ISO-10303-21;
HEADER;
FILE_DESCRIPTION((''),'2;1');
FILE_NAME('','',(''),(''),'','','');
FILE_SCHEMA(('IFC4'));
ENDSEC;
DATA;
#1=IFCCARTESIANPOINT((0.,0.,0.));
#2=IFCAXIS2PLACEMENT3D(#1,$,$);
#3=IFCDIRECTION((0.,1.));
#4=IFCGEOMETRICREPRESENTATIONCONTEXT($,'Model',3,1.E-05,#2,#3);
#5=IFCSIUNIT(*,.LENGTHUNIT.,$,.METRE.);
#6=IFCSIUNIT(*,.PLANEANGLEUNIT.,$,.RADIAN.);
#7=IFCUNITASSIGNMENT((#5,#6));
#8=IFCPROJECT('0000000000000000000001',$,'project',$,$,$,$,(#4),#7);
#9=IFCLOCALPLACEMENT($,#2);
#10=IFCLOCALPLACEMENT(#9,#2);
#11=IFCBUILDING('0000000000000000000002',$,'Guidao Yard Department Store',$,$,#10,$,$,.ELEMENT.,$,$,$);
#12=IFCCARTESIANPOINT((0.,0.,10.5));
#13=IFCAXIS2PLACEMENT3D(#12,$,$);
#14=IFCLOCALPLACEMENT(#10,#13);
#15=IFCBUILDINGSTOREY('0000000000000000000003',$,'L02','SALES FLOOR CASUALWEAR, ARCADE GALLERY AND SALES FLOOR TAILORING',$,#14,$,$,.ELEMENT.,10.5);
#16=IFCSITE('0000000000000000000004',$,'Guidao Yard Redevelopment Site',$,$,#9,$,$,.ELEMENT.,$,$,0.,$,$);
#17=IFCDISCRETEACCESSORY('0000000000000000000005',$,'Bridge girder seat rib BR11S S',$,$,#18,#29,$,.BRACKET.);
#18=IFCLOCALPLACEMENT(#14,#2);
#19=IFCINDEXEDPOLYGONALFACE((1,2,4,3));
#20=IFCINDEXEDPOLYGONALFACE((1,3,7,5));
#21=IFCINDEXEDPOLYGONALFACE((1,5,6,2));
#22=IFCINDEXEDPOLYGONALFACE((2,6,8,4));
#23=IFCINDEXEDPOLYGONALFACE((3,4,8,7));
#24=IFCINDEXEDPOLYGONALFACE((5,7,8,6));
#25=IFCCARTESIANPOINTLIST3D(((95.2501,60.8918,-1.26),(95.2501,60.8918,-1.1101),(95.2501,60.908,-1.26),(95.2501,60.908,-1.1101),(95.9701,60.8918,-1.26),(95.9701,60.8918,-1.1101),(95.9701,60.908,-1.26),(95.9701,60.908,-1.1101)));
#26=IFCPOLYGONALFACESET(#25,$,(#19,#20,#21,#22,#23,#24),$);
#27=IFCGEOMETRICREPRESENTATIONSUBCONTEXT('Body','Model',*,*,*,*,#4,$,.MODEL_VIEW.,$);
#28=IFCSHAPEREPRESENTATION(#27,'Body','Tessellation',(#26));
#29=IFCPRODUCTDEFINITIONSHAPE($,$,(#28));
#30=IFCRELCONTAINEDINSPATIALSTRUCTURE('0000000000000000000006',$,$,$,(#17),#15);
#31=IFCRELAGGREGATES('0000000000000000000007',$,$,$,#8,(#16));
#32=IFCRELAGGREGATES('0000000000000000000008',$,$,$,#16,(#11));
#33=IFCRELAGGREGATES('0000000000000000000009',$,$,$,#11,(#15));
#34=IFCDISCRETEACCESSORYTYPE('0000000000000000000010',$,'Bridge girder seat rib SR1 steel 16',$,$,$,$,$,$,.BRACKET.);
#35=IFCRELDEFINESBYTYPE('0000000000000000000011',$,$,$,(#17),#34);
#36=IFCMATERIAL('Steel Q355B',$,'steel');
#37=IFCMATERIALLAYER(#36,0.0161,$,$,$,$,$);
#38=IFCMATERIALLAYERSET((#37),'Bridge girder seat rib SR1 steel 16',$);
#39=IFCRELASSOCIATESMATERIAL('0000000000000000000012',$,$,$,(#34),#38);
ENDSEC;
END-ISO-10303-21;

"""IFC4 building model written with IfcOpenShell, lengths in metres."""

from ifc_helpers import new_model, si_unit, direction, frame, origin, origin_2d, place, context, subcontext, project, spatial, rectangle, extrude, material, layer, layer_set, type_object, element, save


model = new_model("IFC4")

# Units and contexts
model_context = context("Model", 3, precision=1e-05, world=origin(), true_north=direction((0.0, 1.0)))
body_context = subcontext(model_context, "Body", "Model", "MODEL_VIEW")
ifc_project = project(units=[si_unit("LENGTHUNIT", "METRE"), si_unit("PLANEANGLEUNIT", "RADIAN")], contexts=[model_context])

# Site, building, storey
site_placement = place(None, origin())
site = spatial("IfcSite", under=ifc_project, at=site_placement, Name="Guidao Yard Redevelopment Site", CompositionType="ELEMENT", RefElevation=0.0)
building_placement = place(site_placement, origin())
building = spatial("IfcBuilding", under=site, at=building_placement, Name="Guidao Yard Department Store", CompositionType="ELEMENT")
storey_placement = place(building_placement, frame((0.0, 0.0, 10.5)))
storey = spatial("IfcBuildingStorey", under=building, at=storey_placement, Name="L02", Description="SALES FLOOR CASUALWEAR, ARCADE GALLERY AND SALES FLOOR TAILORING", CompositionType="ELEMENT", Elevation=10.5)

# Discrete accessory
ifc_material_1 = material(Name="Steel Q355B", Category="steel")
ifc_layer_1 = layer(ifc_material_1, 0.0161)
ifc_layer_set_1 = layer_set([ifc_layer_1], Name="Bridge girder seat rib SR1 steel 16")
discrete_accessory_type_1 = type_object("IfcDiscreteAccessoryType", Name="Bridge girder seat rib SR1 steel 16", PredefinedType="BRACKET", material=ifc_layer_set_1)
discrete_accessory_1_placement = place(storey_placement, frame((95.6101, 60.8999, -1.26), z_axis=(0.0, 0.0, 1.0), x_axis=(1.0, 0.0, 0.0)))
element("IfcDiscreteAccessory", 1, at=discrete_accessory_1_placement, inside=storey, type_object=discrete_accessory_type_1, Name="Bridge girder seat rib BR11S S", PredefinedType="BRACKET", context=body_context, shape_type="SweptSolid", body=[
    extrude(rectangle(XDim=0.72, YDim=0.0161, at=origin_2d()), origin(), (0.0, 0.0, 1.0), 0.1499),
])

save(model, "model.ifc")
